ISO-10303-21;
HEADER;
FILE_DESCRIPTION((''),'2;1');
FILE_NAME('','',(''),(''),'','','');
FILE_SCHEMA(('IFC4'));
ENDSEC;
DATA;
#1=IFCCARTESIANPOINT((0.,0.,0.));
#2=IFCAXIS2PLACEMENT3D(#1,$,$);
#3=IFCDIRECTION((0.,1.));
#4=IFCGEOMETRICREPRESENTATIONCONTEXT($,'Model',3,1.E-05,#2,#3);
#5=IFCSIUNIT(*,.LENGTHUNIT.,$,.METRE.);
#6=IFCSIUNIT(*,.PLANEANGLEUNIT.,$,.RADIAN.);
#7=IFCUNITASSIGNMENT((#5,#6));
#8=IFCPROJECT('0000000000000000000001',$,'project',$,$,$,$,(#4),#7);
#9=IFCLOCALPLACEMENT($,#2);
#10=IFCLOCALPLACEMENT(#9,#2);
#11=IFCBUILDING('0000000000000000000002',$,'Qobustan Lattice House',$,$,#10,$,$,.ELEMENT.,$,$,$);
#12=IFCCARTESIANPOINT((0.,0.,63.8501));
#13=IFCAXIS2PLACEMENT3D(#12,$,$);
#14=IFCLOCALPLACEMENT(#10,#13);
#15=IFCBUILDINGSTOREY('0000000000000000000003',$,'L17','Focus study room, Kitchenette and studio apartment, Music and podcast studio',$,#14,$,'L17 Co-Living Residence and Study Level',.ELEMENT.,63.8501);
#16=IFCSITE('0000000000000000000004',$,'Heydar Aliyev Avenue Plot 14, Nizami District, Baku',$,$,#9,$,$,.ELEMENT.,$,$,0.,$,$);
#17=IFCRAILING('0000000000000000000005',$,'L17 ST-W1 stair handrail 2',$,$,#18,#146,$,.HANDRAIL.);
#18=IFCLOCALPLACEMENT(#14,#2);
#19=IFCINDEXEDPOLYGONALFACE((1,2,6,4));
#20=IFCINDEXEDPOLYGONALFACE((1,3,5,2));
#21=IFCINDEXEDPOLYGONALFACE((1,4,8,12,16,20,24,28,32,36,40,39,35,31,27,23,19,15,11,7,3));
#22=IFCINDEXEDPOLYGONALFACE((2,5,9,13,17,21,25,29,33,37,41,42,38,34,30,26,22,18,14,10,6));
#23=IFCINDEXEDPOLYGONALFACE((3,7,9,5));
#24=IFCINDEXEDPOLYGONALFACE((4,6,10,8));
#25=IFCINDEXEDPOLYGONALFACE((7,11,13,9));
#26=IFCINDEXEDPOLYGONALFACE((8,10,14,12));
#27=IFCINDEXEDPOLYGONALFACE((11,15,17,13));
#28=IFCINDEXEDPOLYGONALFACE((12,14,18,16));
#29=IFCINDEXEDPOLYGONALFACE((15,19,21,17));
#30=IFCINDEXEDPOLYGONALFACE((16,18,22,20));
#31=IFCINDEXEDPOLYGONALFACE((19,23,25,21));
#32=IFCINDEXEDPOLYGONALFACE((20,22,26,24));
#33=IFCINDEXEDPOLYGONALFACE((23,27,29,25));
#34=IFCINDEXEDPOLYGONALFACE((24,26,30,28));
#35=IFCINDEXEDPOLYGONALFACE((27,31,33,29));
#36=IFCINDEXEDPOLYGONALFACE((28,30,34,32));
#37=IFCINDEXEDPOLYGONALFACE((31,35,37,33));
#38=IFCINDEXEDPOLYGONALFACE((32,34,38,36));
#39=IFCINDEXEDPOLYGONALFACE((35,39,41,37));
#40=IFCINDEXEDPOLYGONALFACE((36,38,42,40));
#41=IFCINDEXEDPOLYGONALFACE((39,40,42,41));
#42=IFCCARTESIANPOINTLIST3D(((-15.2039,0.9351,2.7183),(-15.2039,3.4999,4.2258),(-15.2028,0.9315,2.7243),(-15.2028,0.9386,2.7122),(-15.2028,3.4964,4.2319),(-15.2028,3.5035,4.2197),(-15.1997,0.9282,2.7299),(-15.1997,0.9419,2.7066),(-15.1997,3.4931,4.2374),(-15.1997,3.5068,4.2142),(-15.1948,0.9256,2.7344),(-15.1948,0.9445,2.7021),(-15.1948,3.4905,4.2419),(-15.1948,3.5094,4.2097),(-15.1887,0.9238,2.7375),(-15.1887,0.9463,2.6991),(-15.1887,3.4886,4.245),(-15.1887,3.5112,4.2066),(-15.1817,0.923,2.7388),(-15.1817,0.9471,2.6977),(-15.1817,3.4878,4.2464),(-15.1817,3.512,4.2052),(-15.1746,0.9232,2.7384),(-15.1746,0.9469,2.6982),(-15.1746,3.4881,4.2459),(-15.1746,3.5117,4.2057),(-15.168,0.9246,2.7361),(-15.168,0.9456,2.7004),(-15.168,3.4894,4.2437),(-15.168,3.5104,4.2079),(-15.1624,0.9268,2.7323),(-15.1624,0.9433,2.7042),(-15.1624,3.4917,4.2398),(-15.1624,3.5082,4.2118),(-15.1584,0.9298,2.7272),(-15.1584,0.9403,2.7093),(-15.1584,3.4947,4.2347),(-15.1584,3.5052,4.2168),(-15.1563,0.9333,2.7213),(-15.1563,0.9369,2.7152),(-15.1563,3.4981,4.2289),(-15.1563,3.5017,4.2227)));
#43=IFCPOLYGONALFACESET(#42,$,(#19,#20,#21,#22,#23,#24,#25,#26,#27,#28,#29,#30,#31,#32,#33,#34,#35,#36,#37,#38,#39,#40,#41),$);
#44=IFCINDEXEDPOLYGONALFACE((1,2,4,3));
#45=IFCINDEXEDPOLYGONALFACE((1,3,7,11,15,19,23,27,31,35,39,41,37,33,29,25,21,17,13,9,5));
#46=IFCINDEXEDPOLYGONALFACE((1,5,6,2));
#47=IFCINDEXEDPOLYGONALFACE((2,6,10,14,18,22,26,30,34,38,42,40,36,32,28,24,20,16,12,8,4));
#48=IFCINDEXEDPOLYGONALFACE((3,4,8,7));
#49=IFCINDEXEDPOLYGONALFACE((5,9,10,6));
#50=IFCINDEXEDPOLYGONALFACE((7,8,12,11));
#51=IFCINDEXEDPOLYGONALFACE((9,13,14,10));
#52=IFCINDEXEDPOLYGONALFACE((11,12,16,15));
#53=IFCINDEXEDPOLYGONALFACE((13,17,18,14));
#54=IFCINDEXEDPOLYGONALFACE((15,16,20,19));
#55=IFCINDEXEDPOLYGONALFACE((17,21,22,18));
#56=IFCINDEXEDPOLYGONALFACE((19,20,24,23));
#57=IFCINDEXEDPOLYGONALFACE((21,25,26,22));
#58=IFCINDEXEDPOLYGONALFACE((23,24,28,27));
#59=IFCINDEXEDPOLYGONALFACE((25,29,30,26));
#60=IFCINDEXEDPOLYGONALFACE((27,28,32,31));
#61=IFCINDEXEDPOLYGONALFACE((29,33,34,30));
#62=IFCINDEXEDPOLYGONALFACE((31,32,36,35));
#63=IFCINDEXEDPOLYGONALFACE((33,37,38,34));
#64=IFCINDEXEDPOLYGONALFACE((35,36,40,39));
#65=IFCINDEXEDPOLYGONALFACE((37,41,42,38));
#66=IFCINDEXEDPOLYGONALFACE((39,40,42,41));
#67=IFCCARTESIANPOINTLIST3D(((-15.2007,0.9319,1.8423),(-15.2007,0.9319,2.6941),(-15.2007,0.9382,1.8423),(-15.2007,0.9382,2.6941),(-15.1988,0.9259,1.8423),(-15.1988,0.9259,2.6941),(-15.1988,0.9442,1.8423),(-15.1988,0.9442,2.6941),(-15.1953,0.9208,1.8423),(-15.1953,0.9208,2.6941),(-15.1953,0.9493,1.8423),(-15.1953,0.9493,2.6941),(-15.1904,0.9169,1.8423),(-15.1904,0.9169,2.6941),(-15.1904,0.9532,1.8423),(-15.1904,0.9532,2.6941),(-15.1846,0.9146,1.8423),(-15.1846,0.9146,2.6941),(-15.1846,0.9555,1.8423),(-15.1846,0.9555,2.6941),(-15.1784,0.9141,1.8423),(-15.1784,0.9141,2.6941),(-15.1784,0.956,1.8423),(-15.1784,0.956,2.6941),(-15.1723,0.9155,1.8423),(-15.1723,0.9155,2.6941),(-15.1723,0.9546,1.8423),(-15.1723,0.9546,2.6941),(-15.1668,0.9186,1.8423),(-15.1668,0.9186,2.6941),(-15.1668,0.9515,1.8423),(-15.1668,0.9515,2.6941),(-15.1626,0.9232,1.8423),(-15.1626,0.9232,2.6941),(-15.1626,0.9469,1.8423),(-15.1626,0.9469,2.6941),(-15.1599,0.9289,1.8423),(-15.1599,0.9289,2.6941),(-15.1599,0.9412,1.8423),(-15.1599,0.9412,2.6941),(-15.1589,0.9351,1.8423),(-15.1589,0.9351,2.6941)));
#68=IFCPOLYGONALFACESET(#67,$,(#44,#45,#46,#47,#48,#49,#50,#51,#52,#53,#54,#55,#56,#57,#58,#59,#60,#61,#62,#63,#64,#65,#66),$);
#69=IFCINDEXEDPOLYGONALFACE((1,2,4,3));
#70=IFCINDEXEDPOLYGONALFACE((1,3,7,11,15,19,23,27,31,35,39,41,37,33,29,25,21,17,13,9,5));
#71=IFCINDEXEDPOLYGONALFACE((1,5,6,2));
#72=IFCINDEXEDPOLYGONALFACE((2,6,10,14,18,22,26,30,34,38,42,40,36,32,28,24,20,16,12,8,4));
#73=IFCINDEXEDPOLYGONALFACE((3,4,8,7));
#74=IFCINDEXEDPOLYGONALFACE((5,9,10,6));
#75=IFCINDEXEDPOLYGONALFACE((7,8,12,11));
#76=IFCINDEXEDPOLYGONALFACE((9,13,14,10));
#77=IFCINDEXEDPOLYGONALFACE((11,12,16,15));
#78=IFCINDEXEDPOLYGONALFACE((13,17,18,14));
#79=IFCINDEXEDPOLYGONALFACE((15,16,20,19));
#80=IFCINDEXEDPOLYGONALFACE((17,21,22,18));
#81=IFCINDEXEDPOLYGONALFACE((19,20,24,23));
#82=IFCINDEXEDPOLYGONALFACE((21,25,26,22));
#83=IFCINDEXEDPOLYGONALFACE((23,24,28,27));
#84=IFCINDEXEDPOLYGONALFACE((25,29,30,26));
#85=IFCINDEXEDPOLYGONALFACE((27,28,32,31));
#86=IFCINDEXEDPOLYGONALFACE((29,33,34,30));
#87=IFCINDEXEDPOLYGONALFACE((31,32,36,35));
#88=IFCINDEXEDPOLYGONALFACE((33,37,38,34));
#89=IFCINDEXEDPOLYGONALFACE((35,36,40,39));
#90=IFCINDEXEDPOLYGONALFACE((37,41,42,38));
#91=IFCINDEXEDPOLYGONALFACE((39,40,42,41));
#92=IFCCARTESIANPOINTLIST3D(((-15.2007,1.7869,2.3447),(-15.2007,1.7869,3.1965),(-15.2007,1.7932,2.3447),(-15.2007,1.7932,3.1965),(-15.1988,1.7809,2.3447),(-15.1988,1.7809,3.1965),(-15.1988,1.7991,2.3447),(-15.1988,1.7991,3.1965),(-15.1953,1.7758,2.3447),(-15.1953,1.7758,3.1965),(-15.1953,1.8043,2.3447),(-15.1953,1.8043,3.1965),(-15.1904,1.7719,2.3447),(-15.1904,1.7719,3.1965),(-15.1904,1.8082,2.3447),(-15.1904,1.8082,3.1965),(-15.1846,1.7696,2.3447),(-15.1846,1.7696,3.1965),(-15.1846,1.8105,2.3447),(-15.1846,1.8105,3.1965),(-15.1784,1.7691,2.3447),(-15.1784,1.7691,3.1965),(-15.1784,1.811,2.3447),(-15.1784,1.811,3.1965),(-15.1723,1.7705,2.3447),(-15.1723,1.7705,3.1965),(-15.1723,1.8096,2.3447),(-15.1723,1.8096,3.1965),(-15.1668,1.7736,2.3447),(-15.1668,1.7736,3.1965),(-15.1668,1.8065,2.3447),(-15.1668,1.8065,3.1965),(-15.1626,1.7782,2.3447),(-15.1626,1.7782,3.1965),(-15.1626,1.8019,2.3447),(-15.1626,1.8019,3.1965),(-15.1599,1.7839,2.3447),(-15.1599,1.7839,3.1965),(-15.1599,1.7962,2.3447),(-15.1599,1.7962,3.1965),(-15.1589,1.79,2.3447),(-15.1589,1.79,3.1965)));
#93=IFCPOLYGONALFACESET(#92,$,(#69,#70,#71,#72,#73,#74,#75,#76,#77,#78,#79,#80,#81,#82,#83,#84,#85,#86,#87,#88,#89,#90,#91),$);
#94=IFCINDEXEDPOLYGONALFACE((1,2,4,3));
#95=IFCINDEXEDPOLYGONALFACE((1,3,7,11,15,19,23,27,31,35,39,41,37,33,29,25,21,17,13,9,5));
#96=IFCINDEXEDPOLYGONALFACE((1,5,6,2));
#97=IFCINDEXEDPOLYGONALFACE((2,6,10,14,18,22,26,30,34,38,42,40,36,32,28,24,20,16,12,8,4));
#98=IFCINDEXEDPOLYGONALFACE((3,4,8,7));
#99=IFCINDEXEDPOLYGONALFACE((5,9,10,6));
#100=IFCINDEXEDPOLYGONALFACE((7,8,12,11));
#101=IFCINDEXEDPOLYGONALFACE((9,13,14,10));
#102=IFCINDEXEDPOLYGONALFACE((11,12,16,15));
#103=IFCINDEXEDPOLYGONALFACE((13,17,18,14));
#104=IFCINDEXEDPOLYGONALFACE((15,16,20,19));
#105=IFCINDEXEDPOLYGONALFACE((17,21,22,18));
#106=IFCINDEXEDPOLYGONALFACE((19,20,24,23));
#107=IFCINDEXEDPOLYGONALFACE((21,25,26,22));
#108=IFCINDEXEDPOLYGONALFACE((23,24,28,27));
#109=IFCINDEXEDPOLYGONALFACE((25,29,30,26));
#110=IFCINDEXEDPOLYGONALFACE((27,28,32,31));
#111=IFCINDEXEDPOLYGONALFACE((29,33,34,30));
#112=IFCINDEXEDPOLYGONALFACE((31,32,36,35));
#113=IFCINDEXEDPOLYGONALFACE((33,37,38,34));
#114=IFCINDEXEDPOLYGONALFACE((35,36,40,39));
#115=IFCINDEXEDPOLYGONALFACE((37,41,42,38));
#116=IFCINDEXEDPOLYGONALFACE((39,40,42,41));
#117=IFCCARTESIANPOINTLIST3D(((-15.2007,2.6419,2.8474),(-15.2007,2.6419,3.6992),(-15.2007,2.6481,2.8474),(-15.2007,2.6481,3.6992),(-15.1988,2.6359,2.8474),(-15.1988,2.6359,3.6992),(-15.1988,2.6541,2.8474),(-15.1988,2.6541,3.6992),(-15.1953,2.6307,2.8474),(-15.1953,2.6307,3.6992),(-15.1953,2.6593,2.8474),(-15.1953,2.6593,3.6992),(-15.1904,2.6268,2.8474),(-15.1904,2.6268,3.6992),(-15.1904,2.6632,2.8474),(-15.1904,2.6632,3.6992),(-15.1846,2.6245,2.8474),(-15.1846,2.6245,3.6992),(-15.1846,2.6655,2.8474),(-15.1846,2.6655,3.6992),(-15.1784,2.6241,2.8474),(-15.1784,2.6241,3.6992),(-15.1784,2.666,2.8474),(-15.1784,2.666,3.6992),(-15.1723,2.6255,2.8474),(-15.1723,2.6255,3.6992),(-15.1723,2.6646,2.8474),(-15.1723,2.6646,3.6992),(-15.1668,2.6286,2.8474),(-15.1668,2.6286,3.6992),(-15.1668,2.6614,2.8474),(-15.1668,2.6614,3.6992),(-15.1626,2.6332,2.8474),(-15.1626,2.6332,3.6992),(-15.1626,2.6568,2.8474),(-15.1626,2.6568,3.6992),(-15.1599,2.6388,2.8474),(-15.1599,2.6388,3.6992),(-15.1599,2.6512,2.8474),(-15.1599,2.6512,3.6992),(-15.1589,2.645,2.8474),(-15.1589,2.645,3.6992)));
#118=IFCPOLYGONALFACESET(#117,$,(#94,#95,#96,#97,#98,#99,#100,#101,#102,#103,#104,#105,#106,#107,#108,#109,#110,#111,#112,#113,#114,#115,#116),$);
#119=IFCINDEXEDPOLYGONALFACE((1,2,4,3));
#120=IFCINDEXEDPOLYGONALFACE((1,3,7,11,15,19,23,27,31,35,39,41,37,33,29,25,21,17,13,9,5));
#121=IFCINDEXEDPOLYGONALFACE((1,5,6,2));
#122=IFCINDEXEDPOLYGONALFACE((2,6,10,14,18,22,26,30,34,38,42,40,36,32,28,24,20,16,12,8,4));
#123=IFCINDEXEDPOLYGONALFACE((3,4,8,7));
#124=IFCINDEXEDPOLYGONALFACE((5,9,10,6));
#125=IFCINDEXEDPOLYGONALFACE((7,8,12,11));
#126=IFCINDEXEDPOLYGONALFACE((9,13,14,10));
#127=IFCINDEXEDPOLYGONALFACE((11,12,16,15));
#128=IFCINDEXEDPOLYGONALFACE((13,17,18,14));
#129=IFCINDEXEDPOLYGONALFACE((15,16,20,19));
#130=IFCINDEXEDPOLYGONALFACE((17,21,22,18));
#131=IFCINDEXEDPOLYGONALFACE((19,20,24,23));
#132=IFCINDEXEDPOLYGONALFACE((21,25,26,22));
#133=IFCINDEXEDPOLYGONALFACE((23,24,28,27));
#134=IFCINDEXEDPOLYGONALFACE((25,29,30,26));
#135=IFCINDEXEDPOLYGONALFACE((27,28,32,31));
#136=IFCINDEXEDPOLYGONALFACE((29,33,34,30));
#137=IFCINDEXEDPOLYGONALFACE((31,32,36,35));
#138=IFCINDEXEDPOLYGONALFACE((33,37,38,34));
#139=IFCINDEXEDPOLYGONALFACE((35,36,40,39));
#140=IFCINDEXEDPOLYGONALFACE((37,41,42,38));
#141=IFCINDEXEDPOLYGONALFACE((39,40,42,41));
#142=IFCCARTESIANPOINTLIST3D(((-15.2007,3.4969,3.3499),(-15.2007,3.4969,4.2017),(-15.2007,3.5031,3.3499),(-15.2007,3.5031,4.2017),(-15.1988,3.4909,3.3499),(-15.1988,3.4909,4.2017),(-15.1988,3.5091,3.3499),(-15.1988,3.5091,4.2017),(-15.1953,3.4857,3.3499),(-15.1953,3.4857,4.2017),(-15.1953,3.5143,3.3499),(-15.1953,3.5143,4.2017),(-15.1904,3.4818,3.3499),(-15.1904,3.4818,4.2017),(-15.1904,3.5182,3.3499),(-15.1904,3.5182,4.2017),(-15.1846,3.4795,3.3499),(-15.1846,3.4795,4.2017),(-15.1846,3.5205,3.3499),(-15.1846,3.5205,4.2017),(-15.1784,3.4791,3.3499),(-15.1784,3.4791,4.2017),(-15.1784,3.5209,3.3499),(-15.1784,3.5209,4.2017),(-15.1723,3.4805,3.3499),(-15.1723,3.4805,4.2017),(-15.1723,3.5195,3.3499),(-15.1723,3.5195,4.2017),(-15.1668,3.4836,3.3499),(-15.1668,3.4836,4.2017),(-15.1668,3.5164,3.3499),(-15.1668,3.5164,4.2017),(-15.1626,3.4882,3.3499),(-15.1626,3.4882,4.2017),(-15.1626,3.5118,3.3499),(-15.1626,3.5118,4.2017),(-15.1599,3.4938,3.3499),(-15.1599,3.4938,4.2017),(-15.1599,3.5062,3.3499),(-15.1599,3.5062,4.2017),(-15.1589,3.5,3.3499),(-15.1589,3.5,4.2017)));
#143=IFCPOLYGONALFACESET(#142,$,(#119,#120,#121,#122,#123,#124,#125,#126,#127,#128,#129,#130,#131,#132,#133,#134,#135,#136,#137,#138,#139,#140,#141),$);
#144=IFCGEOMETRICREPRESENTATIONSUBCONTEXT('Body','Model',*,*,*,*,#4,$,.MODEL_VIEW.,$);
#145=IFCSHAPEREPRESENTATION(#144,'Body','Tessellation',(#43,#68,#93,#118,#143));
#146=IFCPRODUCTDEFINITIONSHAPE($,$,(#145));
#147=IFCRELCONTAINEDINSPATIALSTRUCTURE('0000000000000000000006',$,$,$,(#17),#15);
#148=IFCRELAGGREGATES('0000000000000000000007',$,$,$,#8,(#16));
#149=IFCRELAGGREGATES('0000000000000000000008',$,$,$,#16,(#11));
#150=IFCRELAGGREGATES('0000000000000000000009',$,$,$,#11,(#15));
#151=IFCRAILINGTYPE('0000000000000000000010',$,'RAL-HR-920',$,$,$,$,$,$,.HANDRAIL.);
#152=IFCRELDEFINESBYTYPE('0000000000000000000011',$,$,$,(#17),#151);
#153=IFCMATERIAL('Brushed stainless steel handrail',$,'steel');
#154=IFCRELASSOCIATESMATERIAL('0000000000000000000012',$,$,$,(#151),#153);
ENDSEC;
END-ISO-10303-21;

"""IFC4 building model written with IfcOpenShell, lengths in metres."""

from ifc_helpers import new_model, si_unit, direction, frame, origin, origin_2d, place, context, subcontext, project, spatial, circle, extrude, material, type_object, element, save


model = new_model("IFC4")

# Units and contexts
model_context = context("Model", 3, precision=1e-05, world=origin(), true_north=direction((0.0, 1.0)))
body_context = subcontext(model_context, "Body", "Model", "MODEL_VIEW")
ifc_project = project(units=[si_unit("LENGTHUNIT", "METRE"), si_unit("PLANEANGLEUNIT", "RADIAN")], contexts=[model_context])

# Site, building, storey
site_placement = place(None, origin())
site = spatial("IfcSite", under=ifc_project, at=site_placement, Name="Heydar Aliyev Avenue Plot 14, Nizami District, Baku", CompositionType="ELEMENT", RefElevation=0.0)
building_placement = place(site_placement, origin())
building = spatial("IfcBuilding", under=site, at=building_placement, Name="Qobustan Lattice House", CompositionType="ELEMENT")
storey_placement = place(building_placement, frame((0.0, 0.0, 63.8501)))
storey = spatial("IfcBuildingStorey", under=building, at=storey_placement, Name="L17", Description="Focus study room, Kitchenette and studio apartment, Music and podcast studio", LongName="L17 Co-Living Residence and Study Level", CompositionType="ELEMENT", Elevation=63.8501)

# Railing
ifc_material_1 = material(Name="Brushed stainless steel handrail", Category="steel")
railing_type_1 = type_object("IfcRailingType", Name="RAL-HR-920", PredefinedType="HANDRAIL", material=ifc_material_1)
railing_1_placement = place(storey_placement, frame((-15.1799, 0.9351, 1.8423)))
element("IfcRailing", 1, at=railing_1_placement, inside=storey, type_object=railing_type_1, Name="L17 ST-W1 stair handrail 2", PredefinedType="HANDRAIL", context=body_context, shape_type="SweptSolid", body=[
    extrude(circle(Radius=0.0239, at=origin_2d()), frame((0.0, 0.0, 0.876), z_axis=(0.0, 0.862113, 0.506715), x_axis=(-1.0, 0.0, 0.0)), (0.0, 0.0, 1.0), 2.9751),
    extrude(circle(Radius=0.021, at=origin_2d()), origin(), (0.0, 0.0, 1.0), 0.8518),
    extrude(circle(Radius=0.021, at=origin_2d()), frame((0.0, 0.855, 0.5024)), (0.0, 0.0, 1.0), 0.8518),
    extrude(circle(Radius=0.021, at=origin_2d()), frame((0.0, 1.71, 1.0051)), (0.0, 0.0, 1.0), 0.8518),
    extrude(circle(Radius=0.021, at=origin_2d()), frame((0.0, 2.5649, 1.5076)), (0.0, 0.0, 1.0), 0.8518),
])

save(model, "model.ifc")
